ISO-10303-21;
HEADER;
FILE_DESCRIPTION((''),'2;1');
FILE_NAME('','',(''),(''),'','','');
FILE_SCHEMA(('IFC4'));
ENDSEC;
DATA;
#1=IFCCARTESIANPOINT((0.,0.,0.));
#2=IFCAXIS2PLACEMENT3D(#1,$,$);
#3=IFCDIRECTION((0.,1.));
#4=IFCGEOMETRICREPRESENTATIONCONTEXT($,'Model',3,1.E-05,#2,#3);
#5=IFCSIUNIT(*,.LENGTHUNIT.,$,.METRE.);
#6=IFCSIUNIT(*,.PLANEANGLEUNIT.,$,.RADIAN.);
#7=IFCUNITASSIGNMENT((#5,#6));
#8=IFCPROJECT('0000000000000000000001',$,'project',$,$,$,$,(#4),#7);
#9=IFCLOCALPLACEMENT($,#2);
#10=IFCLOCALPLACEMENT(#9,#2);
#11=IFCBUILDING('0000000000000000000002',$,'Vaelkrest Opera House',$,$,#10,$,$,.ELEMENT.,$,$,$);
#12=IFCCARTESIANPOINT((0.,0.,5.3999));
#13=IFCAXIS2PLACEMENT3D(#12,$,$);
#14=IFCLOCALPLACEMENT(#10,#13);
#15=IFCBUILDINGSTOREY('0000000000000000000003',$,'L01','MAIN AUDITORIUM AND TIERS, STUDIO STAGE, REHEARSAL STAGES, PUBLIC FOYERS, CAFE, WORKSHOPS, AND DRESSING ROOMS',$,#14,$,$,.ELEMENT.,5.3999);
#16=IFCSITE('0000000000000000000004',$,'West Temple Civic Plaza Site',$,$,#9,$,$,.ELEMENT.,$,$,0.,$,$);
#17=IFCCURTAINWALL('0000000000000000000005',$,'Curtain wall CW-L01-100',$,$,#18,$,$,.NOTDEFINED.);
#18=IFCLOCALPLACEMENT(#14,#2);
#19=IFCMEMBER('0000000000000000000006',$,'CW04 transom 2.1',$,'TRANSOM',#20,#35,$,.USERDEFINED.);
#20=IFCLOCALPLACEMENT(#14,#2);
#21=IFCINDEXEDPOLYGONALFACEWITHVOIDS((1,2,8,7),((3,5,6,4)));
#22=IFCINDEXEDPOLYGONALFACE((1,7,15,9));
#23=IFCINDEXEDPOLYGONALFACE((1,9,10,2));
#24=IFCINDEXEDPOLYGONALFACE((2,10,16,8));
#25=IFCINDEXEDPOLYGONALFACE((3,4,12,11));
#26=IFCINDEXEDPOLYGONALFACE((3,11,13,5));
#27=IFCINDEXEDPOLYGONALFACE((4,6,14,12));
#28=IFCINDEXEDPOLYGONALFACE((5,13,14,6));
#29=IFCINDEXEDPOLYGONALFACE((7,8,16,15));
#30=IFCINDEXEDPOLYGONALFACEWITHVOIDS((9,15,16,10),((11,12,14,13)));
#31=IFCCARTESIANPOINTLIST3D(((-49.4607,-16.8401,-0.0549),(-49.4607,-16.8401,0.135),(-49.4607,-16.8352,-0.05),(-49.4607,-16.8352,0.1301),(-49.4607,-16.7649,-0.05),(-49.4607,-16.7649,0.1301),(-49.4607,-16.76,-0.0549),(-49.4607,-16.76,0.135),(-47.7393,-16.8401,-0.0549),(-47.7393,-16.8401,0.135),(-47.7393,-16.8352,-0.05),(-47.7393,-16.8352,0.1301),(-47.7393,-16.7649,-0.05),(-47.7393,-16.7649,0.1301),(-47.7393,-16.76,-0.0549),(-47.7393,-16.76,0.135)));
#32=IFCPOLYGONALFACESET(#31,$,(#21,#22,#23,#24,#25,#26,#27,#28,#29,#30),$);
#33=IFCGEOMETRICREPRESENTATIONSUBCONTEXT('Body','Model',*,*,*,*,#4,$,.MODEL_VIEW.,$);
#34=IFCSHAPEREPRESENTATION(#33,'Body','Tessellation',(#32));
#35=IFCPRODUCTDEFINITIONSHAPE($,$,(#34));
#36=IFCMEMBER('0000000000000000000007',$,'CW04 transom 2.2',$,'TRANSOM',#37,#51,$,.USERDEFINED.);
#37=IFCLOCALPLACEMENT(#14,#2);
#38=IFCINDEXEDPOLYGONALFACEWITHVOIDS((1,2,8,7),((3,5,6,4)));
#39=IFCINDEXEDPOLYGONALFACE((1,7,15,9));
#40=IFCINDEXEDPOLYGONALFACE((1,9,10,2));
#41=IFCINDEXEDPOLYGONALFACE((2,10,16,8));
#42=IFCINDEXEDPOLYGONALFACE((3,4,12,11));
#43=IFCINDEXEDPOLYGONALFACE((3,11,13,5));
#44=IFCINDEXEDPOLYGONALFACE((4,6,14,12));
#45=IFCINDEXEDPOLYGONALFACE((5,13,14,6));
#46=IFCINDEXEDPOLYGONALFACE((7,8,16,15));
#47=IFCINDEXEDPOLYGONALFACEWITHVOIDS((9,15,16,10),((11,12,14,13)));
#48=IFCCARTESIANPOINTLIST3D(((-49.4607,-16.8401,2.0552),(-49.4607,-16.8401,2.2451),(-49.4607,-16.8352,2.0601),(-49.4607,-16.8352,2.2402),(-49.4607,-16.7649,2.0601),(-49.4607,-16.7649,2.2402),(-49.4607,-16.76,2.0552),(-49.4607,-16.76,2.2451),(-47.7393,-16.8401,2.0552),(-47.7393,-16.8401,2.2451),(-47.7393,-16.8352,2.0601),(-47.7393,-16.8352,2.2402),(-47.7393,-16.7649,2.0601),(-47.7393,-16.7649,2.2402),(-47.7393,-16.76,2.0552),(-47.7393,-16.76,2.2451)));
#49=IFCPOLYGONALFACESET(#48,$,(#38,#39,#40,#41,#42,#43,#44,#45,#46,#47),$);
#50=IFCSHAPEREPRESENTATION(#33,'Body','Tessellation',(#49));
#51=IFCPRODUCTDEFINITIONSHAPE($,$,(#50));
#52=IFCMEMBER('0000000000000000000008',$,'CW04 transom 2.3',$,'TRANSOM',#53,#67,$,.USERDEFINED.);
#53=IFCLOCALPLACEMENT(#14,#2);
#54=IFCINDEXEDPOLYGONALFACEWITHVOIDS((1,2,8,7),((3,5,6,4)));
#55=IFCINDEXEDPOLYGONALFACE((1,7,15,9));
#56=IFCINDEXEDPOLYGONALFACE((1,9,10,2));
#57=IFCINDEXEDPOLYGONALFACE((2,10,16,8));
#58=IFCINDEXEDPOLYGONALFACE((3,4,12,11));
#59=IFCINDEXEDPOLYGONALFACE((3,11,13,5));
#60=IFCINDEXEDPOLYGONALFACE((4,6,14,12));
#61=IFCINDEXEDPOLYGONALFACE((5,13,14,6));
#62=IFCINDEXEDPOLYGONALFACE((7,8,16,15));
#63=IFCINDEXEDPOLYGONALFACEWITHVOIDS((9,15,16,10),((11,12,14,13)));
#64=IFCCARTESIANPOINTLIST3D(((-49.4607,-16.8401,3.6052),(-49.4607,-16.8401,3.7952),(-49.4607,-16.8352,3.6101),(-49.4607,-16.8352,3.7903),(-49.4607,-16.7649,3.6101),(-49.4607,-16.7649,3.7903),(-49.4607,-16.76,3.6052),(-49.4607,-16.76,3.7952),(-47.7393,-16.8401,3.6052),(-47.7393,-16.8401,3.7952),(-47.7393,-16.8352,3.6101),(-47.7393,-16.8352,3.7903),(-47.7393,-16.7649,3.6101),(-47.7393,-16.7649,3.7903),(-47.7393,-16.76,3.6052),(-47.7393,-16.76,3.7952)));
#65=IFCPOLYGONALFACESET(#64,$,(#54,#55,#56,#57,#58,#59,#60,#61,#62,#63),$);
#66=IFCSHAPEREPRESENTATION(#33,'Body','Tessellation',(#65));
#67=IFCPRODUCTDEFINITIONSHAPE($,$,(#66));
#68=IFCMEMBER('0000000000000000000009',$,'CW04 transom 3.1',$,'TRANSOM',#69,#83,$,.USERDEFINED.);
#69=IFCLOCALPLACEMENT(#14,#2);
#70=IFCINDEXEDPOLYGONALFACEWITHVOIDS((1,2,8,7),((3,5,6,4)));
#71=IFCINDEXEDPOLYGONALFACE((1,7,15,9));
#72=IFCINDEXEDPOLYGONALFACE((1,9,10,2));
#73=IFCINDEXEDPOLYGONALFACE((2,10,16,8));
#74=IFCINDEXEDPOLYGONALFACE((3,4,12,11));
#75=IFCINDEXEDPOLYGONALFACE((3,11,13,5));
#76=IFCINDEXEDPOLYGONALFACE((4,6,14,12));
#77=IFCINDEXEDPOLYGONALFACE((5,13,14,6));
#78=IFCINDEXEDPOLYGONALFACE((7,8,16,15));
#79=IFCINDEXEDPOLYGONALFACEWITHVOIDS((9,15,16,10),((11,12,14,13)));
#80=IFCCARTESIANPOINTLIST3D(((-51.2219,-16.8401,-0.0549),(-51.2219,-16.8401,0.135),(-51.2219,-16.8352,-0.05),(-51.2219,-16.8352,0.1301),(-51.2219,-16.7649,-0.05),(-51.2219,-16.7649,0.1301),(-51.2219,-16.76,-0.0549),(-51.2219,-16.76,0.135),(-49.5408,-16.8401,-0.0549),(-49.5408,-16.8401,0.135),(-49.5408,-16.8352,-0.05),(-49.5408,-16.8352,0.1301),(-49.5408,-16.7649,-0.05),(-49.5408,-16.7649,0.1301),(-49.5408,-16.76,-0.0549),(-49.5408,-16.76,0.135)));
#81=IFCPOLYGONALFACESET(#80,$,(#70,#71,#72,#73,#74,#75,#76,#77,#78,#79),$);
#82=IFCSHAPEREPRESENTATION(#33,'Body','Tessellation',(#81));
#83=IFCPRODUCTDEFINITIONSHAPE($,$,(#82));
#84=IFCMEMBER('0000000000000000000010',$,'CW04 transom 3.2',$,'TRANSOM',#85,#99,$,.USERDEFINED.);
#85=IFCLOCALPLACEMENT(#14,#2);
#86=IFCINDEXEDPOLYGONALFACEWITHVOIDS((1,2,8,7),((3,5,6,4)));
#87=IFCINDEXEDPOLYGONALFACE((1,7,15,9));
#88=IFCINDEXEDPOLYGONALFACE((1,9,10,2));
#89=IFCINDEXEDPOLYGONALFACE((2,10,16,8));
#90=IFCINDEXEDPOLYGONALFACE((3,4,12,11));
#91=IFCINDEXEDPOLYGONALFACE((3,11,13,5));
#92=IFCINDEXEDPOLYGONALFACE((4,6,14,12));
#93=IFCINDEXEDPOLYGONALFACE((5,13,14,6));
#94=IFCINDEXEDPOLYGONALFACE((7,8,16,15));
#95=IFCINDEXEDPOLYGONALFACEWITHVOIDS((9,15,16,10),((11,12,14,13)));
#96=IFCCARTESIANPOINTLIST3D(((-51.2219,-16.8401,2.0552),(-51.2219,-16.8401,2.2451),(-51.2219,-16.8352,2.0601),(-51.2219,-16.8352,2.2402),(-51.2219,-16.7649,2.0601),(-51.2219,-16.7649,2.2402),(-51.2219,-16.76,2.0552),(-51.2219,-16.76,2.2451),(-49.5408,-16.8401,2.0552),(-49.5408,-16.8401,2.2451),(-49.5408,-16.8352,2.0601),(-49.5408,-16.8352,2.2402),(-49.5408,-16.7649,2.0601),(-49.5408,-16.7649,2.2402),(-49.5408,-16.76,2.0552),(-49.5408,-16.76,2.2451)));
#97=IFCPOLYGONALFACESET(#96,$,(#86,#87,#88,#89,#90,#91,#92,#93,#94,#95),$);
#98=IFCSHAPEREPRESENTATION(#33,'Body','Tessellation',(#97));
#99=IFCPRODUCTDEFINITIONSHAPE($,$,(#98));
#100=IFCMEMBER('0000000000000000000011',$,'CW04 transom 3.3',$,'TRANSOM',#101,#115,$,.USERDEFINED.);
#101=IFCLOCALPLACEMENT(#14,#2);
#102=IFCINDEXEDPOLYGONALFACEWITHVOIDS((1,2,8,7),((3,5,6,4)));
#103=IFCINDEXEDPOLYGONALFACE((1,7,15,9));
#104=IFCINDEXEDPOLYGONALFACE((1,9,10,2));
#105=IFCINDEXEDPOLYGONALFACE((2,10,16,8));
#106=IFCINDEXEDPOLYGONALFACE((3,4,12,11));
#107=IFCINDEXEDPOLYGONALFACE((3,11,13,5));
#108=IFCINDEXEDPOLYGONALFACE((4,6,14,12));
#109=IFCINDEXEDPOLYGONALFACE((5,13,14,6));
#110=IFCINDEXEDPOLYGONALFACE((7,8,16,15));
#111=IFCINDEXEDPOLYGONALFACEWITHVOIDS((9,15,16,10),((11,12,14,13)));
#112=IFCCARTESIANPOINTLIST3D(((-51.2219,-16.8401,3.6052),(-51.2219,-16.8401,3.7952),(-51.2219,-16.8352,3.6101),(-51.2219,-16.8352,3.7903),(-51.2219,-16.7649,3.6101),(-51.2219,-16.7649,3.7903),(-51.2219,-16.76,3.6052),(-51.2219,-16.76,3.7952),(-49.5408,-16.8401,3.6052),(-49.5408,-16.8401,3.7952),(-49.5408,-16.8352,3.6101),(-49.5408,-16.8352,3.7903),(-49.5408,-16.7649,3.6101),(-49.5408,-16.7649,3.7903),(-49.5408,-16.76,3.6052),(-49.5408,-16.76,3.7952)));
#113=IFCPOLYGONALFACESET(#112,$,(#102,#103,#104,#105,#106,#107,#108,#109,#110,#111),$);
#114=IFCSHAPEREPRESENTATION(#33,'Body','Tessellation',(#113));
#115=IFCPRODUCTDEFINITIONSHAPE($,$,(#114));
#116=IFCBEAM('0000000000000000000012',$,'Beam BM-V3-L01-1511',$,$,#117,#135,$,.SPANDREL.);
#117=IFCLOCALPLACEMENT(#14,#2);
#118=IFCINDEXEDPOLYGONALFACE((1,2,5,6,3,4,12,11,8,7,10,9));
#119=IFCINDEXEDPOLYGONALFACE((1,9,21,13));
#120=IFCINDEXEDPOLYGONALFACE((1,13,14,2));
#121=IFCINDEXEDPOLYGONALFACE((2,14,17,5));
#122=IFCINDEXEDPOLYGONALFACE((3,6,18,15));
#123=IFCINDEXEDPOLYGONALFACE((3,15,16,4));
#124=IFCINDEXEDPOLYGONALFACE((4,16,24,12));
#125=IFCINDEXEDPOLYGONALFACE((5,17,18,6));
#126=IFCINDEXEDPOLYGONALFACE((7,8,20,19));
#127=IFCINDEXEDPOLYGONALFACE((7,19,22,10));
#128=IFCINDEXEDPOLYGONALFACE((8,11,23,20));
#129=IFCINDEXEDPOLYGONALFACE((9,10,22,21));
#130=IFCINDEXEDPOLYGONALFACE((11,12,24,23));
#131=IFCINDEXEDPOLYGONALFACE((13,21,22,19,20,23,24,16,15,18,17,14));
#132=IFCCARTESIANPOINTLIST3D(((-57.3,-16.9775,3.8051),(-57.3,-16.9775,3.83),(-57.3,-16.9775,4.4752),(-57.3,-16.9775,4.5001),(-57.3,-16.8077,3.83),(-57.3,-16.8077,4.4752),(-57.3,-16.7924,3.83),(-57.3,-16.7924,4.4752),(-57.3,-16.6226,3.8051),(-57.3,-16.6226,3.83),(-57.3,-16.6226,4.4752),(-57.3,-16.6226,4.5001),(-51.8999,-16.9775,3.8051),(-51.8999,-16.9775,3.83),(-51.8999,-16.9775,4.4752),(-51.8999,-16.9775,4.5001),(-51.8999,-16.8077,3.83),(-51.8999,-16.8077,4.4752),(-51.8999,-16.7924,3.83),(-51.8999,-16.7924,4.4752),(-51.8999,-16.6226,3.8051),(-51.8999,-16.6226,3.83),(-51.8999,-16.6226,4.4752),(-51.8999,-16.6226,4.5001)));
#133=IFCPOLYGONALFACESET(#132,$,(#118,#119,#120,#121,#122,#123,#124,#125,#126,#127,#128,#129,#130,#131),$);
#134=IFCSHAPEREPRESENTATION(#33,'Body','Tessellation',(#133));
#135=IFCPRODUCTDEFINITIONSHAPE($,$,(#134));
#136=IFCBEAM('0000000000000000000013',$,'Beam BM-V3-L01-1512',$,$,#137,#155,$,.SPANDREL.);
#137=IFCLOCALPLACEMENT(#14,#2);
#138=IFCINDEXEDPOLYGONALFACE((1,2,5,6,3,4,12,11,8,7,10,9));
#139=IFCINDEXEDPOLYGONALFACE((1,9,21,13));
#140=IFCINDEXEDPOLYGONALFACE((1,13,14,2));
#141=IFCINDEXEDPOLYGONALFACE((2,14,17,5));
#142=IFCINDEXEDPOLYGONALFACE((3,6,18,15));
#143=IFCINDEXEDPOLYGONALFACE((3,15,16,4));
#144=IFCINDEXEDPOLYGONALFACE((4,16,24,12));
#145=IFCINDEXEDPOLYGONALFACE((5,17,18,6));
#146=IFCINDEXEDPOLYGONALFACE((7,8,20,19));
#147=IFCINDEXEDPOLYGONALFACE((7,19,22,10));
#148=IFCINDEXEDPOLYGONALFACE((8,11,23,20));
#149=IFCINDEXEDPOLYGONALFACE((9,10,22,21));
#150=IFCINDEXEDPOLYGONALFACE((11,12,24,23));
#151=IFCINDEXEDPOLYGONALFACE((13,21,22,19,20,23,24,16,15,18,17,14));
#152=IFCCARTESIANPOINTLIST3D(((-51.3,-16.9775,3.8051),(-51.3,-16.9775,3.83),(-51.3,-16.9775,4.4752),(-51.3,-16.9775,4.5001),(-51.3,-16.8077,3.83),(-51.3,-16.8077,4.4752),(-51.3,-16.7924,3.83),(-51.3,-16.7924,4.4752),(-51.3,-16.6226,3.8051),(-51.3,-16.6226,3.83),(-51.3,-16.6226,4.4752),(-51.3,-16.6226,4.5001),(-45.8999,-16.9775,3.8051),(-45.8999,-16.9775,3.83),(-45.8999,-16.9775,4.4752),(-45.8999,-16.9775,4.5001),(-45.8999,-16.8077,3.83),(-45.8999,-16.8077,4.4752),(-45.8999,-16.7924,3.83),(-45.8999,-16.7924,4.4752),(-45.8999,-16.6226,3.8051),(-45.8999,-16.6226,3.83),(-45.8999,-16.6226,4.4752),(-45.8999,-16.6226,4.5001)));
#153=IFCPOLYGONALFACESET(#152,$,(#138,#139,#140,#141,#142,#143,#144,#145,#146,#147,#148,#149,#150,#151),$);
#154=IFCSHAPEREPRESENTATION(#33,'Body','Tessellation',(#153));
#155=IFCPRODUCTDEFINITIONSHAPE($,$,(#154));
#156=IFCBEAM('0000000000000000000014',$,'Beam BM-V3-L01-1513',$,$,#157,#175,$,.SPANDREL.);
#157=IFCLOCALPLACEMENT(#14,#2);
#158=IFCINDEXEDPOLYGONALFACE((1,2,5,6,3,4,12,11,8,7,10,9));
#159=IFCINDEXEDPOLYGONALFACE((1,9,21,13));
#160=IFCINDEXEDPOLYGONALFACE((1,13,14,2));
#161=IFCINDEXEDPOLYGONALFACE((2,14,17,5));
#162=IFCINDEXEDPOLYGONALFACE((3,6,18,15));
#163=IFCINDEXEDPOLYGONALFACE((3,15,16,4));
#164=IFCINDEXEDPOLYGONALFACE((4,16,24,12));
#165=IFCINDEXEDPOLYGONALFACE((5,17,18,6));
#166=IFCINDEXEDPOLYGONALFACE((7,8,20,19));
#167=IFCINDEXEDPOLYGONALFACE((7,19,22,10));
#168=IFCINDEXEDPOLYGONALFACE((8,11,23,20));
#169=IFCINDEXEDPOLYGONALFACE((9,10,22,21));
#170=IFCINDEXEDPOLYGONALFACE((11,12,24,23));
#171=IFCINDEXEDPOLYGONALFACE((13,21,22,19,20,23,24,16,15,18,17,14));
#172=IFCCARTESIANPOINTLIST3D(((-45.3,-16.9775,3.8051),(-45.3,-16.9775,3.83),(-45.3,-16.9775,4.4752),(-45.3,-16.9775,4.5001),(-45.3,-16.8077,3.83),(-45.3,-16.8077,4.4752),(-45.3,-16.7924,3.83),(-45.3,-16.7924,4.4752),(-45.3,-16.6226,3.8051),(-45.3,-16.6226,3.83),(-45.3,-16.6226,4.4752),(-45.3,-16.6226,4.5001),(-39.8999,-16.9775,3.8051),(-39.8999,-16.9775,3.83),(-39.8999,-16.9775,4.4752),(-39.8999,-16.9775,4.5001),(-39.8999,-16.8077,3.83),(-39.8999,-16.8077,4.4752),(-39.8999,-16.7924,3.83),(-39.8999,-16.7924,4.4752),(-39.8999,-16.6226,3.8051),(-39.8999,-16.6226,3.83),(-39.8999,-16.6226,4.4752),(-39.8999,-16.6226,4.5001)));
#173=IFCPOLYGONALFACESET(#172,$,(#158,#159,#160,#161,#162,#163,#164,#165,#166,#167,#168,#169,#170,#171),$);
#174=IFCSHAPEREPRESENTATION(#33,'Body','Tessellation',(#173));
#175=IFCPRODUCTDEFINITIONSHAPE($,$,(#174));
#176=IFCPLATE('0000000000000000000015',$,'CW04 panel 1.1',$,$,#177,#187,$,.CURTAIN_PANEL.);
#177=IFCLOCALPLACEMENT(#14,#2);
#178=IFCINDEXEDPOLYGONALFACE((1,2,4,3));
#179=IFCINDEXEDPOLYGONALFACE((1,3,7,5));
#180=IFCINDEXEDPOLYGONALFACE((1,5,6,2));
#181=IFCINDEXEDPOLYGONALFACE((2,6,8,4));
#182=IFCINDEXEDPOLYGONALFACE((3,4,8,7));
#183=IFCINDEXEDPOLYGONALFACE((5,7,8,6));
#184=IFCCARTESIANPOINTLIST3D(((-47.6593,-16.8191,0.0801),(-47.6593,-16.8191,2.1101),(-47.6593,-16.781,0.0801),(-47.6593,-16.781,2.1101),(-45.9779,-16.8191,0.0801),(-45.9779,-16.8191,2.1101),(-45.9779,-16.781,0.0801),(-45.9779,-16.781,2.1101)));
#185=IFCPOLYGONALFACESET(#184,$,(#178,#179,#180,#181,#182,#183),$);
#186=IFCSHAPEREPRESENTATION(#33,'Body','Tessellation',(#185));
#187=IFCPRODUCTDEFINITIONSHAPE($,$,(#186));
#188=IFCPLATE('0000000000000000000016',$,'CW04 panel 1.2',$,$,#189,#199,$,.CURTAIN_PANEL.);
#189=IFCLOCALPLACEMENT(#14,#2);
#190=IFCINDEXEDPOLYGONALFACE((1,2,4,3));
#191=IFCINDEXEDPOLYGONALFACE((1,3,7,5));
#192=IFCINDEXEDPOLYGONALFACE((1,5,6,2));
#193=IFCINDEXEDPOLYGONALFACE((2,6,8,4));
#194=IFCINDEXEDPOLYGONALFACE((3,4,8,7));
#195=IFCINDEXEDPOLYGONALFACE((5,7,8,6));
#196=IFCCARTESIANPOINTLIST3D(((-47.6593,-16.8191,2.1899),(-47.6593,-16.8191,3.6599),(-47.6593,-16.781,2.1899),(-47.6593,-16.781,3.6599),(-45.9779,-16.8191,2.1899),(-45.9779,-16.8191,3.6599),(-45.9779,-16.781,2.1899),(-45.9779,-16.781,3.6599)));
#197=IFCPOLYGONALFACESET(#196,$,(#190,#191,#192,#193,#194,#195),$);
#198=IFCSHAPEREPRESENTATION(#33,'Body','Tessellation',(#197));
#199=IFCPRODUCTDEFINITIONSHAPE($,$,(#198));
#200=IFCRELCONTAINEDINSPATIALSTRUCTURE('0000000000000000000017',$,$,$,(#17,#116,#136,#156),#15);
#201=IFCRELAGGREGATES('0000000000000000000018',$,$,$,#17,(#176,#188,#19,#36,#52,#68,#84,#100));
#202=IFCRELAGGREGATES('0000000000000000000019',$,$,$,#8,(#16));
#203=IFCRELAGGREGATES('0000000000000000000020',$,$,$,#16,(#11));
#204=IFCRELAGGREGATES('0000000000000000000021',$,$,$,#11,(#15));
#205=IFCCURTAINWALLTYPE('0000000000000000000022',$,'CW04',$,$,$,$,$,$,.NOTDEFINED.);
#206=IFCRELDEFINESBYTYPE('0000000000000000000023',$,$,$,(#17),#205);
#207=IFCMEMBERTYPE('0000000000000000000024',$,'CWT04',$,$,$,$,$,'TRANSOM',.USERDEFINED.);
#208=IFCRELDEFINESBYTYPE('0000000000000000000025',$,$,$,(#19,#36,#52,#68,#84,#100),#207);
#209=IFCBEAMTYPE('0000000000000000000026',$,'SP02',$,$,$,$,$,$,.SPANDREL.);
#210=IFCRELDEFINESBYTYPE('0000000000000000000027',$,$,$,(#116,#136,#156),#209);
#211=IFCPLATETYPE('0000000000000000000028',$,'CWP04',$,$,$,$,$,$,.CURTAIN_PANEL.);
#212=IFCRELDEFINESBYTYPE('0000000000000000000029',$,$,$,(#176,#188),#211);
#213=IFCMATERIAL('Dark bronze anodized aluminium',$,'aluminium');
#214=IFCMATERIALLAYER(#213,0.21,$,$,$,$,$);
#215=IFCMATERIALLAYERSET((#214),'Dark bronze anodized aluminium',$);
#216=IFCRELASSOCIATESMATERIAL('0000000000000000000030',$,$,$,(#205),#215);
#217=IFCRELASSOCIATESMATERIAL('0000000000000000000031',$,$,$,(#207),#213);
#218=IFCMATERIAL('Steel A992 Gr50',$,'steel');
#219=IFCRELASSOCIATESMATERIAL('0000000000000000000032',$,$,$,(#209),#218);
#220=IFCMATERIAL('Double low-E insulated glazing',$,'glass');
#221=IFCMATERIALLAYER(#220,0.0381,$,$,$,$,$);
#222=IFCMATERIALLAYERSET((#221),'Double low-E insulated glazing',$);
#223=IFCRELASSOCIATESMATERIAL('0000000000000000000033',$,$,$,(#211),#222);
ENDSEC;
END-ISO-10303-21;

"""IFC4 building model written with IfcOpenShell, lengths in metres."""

from ifc_helpers import new_model, si_unit, direction, frame, origin, origin_2d, place, context, subcontext, project, spatial, rectangle, hollow_rectangle, i_section, extrude, material, layer, layer_set, material_profile, profile_set, type_object, element, aggregate, save


model = new_model("IFC4")

# Units and contexts
model_context = context("Model", 3, precision=1e-05, world=origin(), true_north=direction((0.0, 1.0)))
body_context = subcontext(model_context, "Body", "Model", "MODEL_VIEW")
ifc_project = project(units=[si_unit("LENGTHUNIT", "METRE"), si_unit("PLANEANGLEUNIT", "RADIAN")], contexts=[model_context])

# Site, building, storey
site_placement = place(None, origin())
site = spatial("IfcSite", under=ifc_project, at=site_placement, Name="West Temple Civic Plaza Site", CompositionType="ELEMENT", RefElevation=0.0)
building_placement = place(site_placement, origin())
building = spatial("IfcBuilding", under=site, at=building_placement, Name="Vaelkrest Opera House", CompositionType="ELEMENT")
storey_placement = place(building_placement, frame((0.0, 0.0, 5.3999)))
storey = spatial("IfcBuildingStorey", under=building, at=storey_placement, Name="L01", Description="MAIN AUDITORIUM AND TIERS, STUDIO STAGE, REHEARSAL STAGES, PUBLIC FOYERS, CAFE, WORKSHOPS, AND DRESSING ROOMS", CompositionType="ELEMENT", Elevation=5.3999)

# Shared definitions
ifc_material_1 = material(Name="Dark bronze anodized aluminium", Category="aluminium")

# Curtain wall, members
ifc_layer_1 = layer(ifc_material_1, 0.21)
ifc_layer_set_1 = layer_set([ifc_layer_1], Name="Dark bronze anodized aluminium")
curtain_wall_type_1 = type_object("IfcCurtainWallType", Name="CW04", PredefinedType="NOTDEFINED", material=ifc_layer_set_1)
curtain_wall_1_placement = place(storey_placement, origin())
curtain_wall_1 = element("IfcCurtainWall", 1, at=curtain_wall_1_placement, inside=storey, type_object=curtain_wall_type_1, Name="Curtain wall CW-L01-100", PredefinedType="NOTDEFINED")
ifc_material_profile_1 = material_profile(ifc_material_1, hollow_rectangle(XDim=0.0801, YDim=0.1899, WallThickness=0.0049, at=origin_2d()), Name="CWT80X190")
ifc_profile_set_1 = profile_set([ifc_material_profile_1], Name="Dark bronze anodized aluminium")
member_type_1 = type_object("IfcMemberType", Name="CWT04", ElementType="TRANSOM", PredefinedType="USERDEFINED", material=ifc_profile_set_1)
member_1_placement = place(storey_placement, frame((-47.7393, -16.8, 0.04), z_axis=(-1.0, 0.0, 0.0), x_axis=(0.0, -1.0, 0.0)))
member_1 = element("IfcMember", 2, at=member_1_placement, type_object=member_type_1, Name="CW04 transom 2.1", ObjectType="TRANSOM", PredefinedType="USERDEFINED", context=body_context, shape_type="SweptSolid", body=[
    extrude(hollow_rectangle(XDim=0.0801, YDim=0.1899, WallThickness=0.0049, at=origin_2d()), origin(), (0.0, 0.0, 1.0), 1.7214),
])
member_2_placement = place(storey_placement, frame((-47.7393, -16.8, 2.1501), z_axis=(-1.0, 0.0, 0.0), x_axis=(0.0, -1.0, 0.0)))
member_2 = element("IfcMember", 3, at=member_2_placement, type_object=member_type_1, Name="CW04 transom 2.2", ObjectType="TRANSOM", PredefinedType="USERDEFINED", context=body_context, shape_type="SweptSolid", body=[
    extrude(hollow_rectangle(XDim=0.0801, YDim=0.1899, WallThickness=0.0049, at=origin_2d()), origin(), (0.0, 0.0, 1.0), 1.7214),
])
member_3_placement = place(storey_placement, frame((-47.7393, -16.8, 3.7002), z_axis=(-1.0, 0.0, 0.0), x_axis=(0.0, -1.0, 0.0)))
member_3 = element("IfcMember", 4, at=member_3_placement, type_object=member_type_1, Name="CW04 transom 2.3", ObjectType="TRANSOM", PredefinedType="USERDEFINED", context=body_context, shape_type="SweptSolid", body=[
    extrude(hollow_rectangle(XDim=0.0801, YDim=0.1899, WallThickness=0.0049, at=origin_2d()), origin(), (0.0, 0.0, 1.0), 1.7214),
])
member_4_placement = place(storey_placement, frame((-49.5408, -16.8, 0.04), z_axis=(-1.0, 0.0, 0.0), x_axis=(0.0, -1.0, 0.0)))
member_4 = element("IfcMember", 5, at=member_4_placement, type_object=member_type_1, Name="CW04 transom 3.1", ObjectType="TRANSOM", PredefinedType="USERDEFINED", context=body_context, shape_type="SweptSolid", body=[
    extrude(hollow_rectangle(XDim=0.0801, YDim=0.1899, WallThickness=0.0049, at=origin_2d()), origin(), (0.0, 0.0, 1.0), 1.6812),
])
member_5_placement = place(storey_placement, frame((-49.5408, -16.8, 2.1501), z_axis=(-1.0, 0.0, 0.0), x_axis=(0.0, -1.0, 0.0)))
member_5 = element("IfcMember", 6, at=member_5_placement, type_object=member_type_1, Name="CW04 transom 3.2", ObjectType="TRANSOM", PredefinedType="USERDEFINED", context=body_context, shape_type="SweptSolid", body=[
    extrude(hollow_rectangle(XDim=0.0801, YDim=0.1899, WallThickness=0.0049, at=origin_2d()), origin(), (0.0, 0.0, 1.0), 1.6812),
])
member_6_placement = place(storey_placement, frame((-49.5408, -16.8, 3.7002), z_axis=(-1.0, 0.0, 0.0), x_axis=(0.0, -1.0, 0.0)))
member_6 = element("IfcMember", 7, at=member_6_placement, type_object=member_type_1, Name="CW04 transom 3.3", ObjectType="TRANSOM", PredefinedType="USERDEFINED", context=body_context, shape_type="SweptSolid", body=[
    extrude(hollow_rectangle(XDim=0.0801, YDim=0.1899, WallThickness=0.0049, at=origin_2d()), origin(), (0.0, 0.0, 1.0), 1.6812),
])

# Beams
ifc_material_2 = material(Name="Steel A992 Gr50", Category="steel")
ifc_material_profile_2 = material_profile(ifc_material_2, i_section(OverallWidth=0.355, OverallDepth=0.6951, WebThickness=0.0154, FlangeThickness=0.0249, at=origin_2d()), Name="W27X146")
ifc_profile_set_2 = profile_set([ifc_material_profile_2], Name="Steel A992 Gr50")
beam_type = type_object("IfcBeamType", Name="SP02", PredefinedType="SPANDREL", material=ifc_profile_set_2)
for number, where, z_axis, x_axis, name in (
    (8, (-57.3, -16.8, 4.1526), (1.0, 0.0, 0.0), (0.0, 1.0, 0.0), "Beam BM-V3-L01-1511"),
    (9, (-51.3, -16.8, 4.1526), (1.0, 0.0, 0.0), (0.0, 1.0, 0.0), "Beam BM-V3-L01-1512"),
    (10, (-45.3, -16.8, 4.1526), (1.0, 0.0, 0.0), (0.0, 1.0, 0.0), "Beam BM-V3-L01-1513"),
):
    element("IfcBeam", number, at=place(storey_placement, frame(where, z_axis=z_axis, x_axis=x_axis)), inside=storey, type_object=beam_type, Name=name, PredefinedType="SPANDREL", context=body_context, shape_type="SweptSolid", body=[
        extrude(i_section(OverallWidth=0.355, OverallDepth=0.6951, WebThickness=0.0154, FlangeThickness=0.0249, at=origin_2d()), origin(), (0.0, 0.0, 1.0), 5.4001),
    ])

# Plates
ifc_material_3 = material(Name="Double low-E insulated glazing", Category="glass")
ifc_layer_2 = layer(ifc_material_3, 0.0381)
ifc_layer_set_2 = layer_set([ifc_layer_2], Name="Double low-E insulated glazing")
plate_type = type_object("IfcPlateType", Name="CWP04", PredefinedType="CURTAIN_PANEL", material=ifc_layer_set_2)
plate_1_placement = place(storey_placement, frame((-46.8186, -16.8, 0.0801), z_axis=(0.0, 0.0, 1.0), x_axis=(-1.0, 0.0, 0.0)))
plate_1 = element("IfcPlate", 11, at=plate_1_placement, type_object=plate_type, Name="CW04 panel 1.1", PredefinedType="CURTAIN_PANEL", context=body_context, shape_type="SweptSolid", body=[
    extrude(rectangle(XDim=1.6814, YDim=0.0381, at=origin_2d()), origin(), (0.0, 0.0, 1.0), 2.03),
])
plate_2_placement = place(storey_placement, frame((-46.8186, -16.8, 2.1899), z_axis=(0.0, 0.0, 1.0), x_axis=(-1.0, 0.0, 0.0)))
plate_2 = element("IfcPlate", 12, at=plate_2_placement, type_object=plate_type, Name="CW04 panel 1.2", PredefinedType="CURTAIN_PANEL", context=body_context, shape_type="SweptSolid", body=[
    extrude(rectangle(XDim=1.6814, YDim=0.0381, at=origin_2d()), origin(), (0.0, 0.0, 1.0), 1.47),
])
aggregate(curtain_wall_1, [plate_1, plate_2, member_1, member_2, member_3, member_4, member_5, member_6])

save(model, "model.ifc")
